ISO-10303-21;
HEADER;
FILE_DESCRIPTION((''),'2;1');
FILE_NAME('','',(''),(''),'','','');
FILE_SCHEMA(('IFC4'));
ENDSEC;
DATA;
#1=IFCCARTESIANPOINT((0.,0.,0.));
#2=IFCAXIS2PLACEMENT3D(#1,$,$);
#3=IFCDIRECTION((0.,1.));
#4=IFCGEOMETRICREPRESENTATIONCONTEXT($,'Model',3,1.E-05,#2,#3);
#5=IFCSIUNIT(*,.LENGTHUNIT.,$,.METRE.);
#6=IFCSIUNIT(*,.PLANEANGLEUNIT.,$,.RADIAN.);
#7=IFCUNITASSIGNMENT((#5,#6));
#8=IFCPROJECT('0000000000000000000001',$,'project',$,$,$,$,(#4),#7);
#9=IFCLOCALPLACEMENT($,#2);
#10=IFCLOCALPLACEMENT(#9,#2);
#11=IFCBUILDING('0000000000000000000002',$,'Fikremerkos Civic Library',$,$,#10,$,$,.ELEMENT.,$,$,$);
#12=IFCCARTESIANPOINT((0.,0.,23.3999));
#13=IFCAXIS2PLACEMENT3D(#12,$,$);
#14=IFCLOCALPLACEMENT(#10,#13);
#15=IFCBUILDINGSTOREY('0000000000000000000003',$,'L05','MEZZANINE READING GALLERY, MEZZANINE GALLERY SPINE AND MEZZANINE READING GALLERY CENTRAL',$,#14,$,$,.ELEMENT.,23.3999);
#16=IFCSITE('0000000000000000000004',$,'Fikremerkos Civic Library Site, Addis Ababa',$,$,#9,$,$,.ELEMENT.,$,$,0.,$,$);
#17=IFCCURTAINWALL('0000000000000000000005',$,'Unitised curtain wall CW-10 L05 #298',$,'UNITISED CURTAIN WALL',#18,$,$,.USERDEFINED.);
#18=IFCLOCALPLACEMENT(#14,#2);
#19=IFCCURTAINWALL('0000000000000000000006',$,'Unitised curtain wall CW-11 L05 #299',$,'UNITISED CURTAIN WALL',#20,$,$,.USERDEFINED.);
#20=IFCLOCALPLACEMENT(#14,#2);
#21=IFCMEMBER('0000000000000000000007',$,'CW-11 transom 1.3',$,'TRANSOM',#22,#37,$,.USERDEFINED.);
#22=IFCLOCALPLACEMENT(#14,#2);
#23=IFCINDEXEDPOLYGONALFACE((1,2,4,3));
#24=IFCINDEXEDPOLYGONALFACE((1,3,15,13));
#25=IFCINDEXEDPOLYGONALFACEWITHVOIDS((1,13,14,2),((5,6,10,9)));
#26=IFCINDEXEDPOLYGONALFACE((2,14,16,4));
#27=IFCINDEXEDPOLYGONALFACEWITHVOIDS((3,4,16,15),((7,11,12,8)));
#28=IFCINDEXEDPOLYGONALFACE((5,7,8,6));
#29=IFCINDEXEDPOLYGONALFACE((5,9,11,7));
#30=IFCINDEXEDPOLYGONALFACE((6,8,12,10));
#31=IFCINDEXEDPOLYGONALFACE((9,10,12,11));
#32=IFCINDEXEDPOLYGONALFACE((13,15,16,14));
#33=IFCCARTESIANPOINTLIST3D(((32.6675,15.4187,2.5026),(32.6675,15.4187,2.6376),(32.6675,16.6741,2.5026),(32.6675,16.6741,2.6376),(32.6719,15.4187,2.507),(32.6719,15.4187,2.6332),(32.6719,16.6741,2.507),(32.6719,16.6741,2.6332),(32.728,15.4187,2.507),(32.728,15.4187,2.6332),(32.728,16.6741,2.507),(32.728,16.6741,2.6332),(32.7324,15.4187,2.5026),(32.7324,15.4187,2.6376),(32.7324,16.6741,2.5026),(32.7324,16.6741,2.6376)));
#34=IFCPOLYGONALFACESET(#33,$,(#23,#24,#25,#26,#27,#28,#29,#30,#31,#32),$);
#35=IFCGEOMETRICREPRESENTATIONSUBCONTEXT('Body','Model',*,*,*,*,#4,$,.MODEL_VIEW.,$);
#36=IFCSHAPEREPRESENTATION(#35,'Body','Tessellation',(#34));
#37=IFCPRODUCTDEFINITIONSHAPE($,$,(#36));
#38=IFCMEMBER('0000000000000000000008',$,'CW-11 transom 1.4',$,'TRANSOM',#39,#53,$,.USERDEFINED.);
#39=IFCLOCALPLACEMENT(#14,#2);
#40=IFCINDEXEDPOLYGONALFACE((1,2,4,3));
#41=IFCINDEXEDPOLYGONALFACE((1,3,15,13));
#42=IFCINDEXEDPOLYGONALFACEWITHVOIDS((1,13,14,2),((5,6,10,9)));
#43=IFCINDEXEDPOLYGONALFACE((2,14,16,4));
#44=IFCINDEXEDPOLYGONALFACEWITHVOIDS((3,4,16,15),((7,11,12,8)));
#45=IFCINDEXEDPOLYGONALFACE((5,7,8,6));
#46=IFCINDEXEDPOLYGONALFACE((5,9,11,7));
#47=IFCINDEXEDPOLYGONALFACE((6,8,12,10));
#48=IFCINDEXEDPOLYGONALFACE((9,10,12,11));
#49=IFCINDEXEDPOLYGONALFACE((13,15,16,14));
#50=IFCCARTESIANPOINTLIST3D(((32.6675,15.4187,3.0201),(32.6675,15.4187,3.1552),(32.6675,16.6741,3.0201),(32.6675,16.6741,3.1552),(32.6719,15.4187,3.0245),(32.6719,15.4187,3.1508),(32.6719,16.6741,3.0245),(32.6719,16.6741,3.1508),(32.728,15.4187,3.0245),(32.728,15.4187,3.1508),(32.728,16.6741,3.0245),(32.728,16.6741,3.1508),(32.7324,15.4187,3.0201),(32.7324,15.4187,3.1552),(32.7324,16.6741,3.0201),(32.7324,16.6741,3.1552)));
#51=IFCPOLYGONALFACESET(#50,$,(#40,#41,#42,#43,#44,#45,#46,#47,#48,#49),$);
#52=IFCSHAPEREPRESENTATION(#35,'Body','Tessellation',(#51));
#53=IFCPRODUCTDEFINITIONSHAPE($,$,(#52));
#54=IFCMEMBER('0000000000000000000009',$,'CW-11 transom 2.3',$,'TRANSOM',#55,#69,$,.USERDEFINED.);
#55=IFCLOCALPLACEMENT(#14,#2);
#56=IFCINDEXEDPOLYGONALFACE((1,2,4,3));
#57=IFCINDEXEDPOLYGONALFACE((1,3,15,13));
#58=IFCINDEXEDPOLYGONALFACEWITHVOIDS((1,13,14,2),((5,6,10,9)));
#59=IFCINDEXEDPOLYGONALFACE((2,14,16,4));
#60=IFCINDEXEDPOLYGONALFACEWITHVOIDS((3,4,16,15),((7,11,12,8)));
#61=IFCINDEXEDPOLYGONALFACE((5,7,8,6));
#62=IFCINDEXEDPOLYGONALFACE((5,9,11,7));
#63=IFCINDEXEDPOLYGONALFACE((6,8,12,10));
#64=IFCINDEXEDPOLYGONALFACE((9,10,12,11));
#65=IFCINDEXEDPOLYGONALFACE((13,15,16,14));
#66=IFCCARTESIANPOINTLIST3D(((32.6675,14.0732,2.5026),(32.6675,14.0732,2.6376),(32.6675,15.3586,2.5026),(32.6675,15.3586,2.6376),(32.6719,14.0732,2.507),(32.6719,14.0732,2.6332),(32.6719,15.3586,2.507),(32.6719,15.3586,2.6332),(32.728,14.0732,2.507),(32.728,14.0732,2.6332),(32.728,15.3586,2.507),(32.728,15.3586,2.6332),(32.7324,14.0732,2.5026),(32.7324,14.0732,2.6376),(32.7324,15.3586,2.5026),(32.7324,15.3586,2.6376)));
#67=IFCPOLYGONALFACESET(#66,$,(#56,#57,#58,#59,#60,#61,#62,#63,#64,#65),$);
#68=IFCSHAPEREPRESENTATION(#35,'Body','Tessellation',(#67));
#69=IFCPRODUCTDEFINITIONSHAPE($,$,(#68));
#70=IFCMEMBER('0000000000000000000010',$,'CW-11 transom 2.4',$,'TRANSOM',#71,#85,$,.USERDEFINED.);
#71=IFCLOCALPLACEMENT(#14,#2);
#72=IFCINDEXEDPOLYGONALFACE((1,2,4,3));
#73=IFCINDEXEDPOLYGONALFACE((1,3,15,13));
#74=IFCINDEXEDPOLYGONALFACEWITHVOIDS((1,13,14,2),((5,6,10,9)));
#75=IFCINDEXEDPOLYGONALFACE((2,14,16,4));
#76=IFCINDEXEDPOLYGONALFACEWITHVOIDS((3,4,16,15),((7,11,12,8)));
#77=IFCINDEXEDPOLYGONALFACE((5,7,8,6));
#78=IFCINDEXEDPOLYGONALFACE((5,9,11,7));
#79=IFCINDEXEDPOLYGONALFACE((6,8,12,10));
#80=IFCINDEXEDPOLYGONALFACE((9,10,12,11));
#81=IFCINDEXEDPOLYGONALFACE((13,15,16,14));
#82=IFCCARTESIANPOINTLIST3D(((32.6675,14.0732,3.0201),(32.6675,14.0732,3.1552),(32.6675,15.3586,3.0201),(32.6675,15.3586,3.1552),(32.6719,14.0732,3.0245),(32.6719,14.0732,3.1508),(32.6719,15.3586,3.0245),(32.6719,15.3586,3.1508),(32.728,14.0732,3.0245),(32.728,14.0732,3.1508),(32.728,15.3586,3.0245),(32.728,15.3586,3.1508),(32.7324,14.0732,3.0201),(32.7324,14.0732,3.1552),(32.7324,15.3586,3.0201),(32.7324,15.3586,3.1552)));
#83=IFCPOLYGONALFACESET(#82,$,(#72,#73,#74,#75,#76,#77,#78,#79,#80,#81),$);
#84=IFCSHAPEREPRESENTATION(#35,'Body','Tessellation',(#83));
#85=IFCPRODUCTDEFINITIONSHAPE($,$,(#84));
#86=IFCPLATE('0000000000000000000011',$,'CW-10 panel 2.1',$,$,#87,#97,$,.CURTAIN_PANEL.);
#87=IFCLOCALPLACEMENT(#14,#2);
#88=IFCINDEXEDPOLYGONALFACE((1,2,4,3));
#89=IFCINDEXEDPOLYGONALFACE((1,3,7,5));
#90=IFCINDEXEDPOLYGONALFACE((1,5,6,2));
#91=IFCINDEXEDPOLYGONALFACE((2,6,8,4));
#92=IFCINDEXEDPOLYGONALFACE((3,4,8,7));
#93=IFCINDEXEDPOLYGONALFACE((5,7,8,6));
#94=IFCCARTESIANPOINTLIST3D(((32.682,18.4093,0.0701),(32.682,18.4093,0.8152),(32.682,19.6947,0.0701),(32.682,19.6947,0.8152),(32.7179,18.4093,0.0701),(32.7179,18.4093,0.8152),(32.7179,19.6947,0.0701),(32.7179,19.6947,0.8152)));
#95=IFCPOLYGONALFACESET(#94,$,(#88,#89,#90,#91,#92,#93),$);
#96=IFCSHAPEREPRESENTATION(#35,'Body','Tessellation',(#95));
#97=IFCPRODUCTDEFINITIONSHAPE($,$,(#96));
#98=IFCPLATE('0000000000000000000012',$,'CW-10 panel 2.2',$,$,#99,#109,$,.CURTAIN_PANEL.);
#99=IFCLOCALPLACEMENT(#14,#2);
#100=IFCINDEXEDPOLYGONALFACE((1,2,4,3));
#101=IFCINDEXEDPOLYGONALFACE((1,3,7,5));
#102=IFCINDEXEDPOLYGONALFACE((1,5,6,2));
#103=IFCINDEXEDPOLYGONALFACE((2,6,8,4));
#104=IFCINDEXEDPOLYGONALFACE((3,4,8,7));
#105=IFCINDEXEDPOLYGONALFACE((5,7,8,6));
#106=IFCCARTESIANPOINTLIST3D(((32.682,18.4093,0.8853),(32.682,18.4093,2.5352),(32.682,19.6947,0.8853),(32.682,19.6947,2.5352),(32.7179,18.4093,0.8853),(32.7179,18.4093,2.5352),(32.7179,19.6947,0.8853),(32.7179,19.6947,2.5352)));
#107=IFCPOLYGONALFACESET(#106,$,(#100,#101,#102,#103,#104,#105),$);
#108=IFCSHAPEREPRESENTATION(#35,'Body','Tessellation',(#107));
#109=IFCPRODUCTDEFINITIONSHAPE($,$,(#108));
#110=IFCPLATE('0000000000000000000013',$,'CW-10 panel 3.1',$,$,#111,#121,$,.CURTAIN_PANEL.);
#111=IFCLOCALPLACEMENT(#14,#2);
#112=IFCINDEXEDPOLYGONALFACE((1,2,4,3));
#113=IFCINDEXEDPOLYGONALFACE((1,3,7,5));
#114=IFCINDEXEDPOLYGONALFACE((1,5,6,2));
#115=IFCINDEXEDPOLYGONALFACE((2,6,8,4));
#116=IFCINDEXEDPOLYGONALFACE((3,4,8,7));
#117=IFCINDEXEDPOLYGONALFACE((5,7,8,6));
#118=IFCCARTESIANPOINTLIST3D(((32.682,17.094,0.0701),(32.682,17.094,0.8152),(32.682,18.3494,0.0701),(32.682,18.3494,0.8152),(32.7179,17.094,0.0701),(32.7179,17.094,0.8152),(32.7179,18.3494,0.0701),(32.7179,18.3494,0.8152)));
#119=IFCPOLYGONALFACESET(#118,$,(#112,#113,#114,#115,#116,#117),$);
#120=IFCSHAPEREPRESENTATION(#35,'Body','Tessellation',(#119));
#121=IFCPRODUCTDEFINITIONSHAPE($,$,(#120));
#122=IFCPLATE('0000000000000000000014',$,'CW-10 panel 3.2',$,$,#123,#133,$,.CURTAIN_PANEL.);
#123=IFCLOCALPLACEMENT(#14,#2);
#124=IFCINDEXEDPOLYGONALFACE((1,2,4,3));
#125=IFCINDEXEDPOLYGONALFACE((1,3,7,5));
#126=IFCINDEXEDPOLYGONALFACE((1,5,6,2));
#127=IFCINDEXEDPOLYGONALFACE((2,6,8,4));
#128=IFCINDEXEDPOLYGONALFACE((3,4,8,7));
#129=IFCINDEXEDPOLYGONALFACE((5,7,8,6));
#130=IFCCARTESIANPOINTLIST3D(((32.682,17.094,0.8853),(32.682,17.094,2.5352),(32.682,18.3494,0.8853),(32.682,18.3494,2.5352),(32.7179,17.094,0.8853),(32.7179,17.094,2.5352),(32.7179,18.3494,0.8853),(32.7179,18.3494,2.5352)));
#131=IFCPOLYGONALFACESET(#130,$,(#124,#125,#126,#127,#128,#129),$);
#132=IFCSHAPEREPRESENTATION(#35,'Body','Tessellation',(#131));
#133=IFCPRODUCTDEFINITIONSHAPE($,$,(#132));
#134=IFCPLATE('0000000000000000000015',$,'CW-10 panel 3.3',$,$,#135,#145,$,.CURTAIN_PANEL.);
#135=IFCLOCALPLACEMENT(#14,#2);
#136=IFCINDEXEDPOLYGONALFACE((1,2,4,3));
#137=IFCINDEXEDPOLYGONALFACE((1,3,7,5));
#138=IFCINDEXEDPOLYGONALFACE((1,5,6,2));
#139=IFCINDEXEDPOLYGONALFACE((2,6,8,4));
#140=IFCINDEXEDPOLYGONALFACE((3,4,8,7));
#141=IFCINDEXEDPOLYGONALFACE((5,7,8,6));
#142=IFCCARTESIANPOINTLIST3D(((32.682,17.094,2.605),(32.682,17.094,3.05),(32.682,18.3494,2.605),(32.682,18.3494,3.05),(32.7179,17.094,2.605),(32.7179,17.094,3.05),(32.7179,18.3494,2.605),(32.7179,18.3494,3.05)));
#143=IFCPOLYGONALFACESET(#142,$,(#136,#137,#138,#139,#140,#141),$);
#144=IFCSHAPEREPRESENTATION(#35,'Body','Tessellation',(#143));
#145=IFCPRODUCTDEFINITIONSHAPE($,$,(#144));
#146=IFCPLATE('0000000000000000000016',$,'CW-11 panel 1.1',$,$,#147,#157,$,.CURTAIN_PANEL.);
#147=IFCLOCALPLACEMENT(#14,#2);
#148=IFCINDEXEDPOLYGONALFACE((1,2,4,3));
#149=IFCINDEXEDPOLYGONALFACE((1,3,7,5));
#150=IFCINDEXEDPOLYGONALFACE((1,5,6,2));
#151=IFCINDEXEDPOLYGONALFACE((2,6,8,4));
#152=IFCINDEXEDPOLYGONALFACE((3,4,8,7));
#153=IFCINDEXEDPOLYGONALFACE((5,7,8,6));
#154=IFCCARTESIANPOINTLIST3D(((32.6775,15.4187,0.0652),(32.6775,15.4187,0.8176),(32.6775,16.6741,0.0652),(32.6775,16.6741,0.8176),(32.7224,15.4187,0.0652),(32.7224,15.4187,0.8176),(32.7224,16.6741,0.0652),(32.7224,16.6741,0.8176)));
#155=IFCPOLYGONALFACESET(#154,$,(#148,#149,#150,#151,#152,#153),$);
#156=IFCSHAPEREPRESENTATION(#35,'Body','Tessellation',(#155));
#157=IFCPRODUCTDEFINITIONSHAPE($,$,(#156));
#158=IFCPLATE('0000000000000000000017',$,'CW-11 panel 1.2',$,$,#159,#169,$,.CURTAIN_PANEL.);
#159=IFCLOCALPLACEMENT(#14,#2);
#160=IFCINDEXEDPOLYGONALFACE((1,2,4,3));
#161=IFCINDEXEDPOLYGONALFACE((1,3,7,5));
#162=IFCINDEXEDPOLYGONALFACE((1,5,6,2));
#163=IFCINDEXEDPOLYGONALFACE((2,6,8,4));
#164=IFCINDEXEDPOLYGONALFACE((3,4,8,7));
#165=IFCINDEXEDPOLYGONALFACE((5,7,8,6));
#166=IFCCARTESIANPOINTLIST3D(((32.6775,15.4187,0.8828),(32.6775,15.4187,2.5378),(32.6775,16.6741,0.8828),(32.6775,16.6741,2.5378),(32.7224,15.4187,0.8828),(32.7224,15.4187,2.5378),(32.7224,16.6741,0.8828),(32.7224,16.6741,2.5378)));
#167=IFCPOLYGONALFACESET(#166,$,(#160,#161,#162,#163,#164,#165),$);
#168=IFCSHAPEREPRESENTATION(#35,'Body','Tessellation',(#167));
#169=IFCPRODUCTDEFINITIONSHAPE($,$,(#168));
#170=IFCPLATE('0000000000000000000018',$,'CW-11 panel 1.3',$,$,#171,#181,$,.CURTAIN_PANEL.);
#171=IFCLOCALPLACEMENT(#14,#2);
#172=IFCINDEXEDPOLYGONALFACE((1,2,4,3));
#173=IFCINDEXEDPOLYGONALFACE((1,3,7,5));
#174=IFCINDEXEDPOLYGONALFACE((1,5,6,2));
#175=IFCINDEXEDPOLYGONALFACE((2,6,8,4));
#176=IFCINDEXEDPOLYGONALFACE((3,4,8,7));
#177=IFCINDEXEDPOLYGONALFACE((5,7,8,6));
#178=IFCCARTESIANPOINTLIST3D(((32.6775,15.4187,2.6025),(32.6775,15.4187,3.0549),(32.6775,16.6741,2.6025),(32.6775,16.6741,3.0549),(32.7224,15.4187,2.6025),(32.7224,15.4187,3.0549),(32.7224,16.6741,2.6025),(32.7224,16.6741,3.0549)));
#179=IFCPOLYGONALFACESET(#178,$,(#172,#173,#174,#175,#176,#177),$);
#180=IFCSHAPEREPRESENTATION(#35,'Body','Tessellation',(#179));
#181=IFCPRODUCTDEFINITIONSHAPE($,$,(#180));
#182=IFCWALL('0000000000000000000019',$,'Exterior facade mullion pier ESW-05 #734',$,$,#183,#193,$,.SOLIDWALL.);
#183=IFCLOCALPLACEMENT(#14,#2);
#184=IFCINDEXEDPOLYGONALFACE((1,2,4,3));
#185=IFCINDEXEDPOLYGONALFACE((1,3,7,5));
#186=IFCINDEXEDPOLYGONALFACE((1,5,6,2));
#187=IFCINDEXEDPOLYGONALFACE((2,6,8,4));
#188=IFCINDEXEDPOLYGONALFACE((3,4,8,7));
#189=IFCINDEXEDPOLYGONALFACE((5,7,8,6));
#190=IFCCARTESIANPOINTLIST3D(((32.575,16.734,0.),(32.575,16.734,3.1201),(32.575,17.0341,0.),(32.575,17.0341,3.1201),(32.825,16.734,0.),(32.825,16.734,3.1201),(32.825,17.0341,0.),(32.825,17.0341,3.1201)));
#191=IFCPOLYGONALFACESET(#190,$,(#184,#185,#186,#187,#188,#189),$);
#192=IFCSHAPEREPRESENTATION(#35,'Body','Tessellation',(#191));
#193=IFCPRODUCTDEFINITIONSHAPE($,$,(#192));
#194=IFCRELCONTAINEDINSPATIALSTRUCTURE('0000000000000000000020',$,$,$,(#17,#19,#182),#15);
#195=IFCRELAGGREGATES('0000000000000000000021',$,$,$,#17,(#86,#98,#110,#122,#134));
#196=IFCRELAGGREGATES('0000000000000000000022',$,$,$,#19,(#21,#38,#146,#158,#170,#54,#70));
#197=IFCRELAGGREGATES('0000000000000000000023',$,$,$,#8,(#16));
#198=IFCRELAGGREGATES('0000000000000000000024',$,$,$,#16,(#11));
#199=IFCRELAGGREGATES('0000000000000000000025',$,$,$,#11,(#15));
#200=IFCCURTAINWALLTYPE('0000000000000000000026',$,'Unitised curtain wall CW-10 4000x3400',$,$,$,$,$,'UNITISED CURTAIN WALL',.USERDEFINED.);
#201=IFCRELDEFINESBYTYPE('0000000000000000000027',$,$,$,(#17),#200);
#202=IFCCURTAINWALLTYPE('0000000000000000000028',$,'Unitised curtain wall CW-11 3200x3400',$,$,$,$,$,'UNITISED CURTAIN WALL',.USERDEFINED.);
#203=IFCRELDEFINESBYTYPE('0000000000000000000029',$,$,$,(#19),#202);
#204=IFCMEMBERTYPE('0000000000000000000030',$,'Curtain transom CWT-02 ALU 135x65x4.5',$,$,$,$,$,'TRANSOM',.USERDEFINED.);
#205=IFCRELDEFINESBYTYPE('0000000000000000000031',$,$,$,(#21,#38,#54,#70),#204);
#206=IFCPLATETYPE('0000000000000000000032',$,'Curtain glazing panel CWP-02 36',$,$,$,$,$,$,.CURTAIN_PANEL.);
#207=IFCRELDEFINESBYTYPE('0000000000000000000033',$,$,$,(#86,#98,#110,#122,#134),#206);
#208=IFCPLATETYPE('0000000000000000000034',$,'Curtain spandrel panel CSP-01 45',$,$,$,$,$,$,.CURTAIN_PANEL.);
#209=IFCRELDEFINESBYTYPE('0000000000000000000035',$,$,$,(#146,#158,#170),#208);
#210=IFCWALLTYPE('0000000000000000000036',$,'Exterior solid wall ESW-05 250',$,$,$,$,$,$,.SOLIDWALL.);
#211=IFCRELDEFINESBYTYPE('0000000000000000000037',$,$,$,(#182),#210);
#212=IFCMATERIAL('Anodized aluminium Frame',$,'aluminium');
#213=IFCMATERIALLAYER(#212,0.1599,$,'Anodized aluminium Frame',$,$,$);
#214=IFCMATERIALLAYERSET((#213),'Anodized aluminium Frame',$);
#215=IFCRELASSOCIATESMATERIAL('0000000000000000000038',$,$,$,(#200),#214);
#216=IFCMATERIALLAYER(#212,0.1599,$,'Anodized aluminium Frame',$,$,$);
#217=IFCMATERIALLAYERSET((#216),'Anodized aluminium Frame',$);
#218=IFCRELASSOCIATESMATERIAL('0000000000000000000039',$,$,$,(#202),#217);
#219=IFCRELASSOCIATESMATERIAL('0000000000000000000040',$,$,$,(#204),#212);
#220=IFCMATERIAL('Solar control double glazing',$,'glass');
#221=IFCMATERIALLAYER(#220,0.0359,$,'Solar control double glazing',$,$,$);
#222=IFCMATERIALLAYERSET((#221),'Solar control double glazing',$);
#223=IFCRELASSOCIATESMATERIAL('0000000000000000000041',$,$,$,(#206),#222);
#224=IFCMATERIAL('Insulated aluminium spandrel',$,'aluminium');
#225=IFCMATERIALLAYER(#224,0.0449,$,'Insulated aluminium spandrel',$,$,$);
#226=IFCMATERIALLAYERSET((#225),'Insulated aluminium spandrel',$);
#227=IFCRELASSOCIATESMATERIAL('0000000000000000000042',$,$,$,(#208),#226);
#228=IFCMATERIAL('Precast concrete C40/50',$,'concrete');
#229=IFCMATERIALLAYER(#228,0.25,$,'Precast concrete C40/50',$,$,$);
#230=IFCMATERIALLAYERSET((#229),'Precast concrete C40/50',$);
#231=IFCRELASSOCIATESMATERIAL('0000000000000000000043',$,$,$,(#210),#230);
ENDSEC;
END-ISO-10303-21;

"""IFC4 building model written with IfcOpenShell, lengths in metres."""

from ifc_helpers import new_model, si_unit, direction, frame, frame_2d, origin, origin_2d, place, context, subcontext, project, spatial, rectangle, hollow_rectangle, extrude, material, layer, layer_set, material_profile, profile_set, type_object, element, aggregate, save


model = new_model("IFC4")

# Units and contexts
model_context = context("Model", 3, precision=1e-05, world=origin(), true_north=direction((0.0, 1.0)))
body_context = subcontext(model_context, "Body", "Model", "MODEL_VIEW")
ifc_project = project(units=[si_unit("LENGTHUNIT", "METRE"), si_unit("PLANEANGLEUNIT", "RADIAN")], contexts=[model_context])

# Site, building, storey
site_placement = place(None, origin())
site = spatial("IfcSite", under=ifc_project, at=site_placement, Name="Fikremerkos Civic Library Site, Addis Ababa", CompositionType="ELEMENT", RefElevation=0.0)
building_placement = place(site_placement, origin())
building = spatial("IfcBuilding", under=site, at=building_placement, Name="Fikremerkos Civic Library", CompositionType="ELEMENT")
storey_placement = place(building_placement, frame((0.0, 0.0, 23.3999)))
storey = spatial("IfcBuildingStorey", under=building, at=storey_placement, Name="L05", Description="MEZZANINE READING GALLERY, MEZZANINE GALLERY SPINE AND MEZZANINE READING GALLERY CENTRAL", CompositionType="ELEMENT", Elevation=23.3999)

# Curtain walls
ifc_material_1 = material(Name="Anodized aluminium Frame", Category="aluminium")
ifc_layer_1 = layer(ifc_material_1, 0.1599, Name="Anodized aluminium Frame")
ifc_layer_set_1 = layer_set([ifc_layer_1], Name="Anodized aluminium Frame")
curtain_wall_type_1 = type_object("IfcCurtainWallType", Name="Unitised curtain wall CW-10 4000x3400", ElementType="UNITISED CURTAIN WALL", PredefinedType="USERDEFINED", material=ifc_layer_set_1)
curtain_wall_1_placement = place(storey_placement, origin())
curtain_wall_1 = element("IfcCurtainWall", 1, at=curtain_wall_1_placement, inside=storey, type_object=curtain_wall_type_1, Name="Unitised curtain wall CW-10 L05 #298", ObjectType="UNITISED CURTAIN WALL", PredefinedType="USERDEFINED")
ifc_layer_2 = layer(ifc_material_1, 0.1599, Name="Anodized aluminium Frame")
ifc_layer_set_2 = layer_set([ifc_layer_2], Name="Anodized aluminium Frame")
curtain_wall_type_2 = type_object("IfcCurtainWallType", Name="Unitised curtain wall CW-11 3200x3400", ElementType="UNITISED CURTAIN WALL", PredefinedType="USERDEFINED", material=ifc_layer_set_2)
curtain_wall_2_placement = place(storey_placement, origin())
curtain_wall_2 = element("IfcCurtainWall", 2, at=curtain_wall_2_placement, inside=storey, type_object=curtain_wall_type_2, Name="Unitised curtain wall CW-11 L05 #299", ObjectType="UNITISED CURTAIN WALL", PredefinedType="USERDEFINED")

# Members
ifc_material_profile_1 = material_profile(ifc_material_1, hollow_rectangle(XDim=0.0649, YDim=0.135, WallThickness=0.0044, at=origin_2d()), Name="ALU 135x65x4.5")
ifc_profile_set_1 = profile_set([ifc_material_profile_1], Name="Anodized aluminium Frame")
member_type_1 = type_object("IfcMemberType", Name="Curtain transom CWT-02 ALU 135x65x4.5", ElementType="TRANSOM", PredefinedType="USERDEFINED", material=ifc_profile_set_1)
member_1_placement = place(storey_placement, frame((32.7, 16.6741, 2.5701), z_axis=(0.0, -1.0, 0.0), x_axis=(1.0, 0.0, 0.0)))
member_1 = element("IfcMember", 3, at=member_1_placement, type_object=member_type_1, Name="CW-11 transom 1.3", ObjectType="TRANSOM", PredefinedType="USERDEFINED", context=body_context, shape_type="SweptSolid", body=[
    extrude(hollow_rectangle(XDim=0.0649, YDim=0.135, WallThickness=0.0044, at=origin_2d()), origin(), (0.0, 0.0, 1.0), 1.2554),
])
member_2_placement = place(storey_placement, frame((32.7, 16.6741, 3.0876), z_axis=(0.0, -1.0, 0.0), x_axis=(1.0, 0.0, 0.0)))
member_2 = element("IfcMember", 4, at=member_2_placement, type_object=member_type_1, Name="CW-11 transom 1.4", ObjectType="TRANSOM", PredefinedType="USERDEFINED", context=body_context, shape_type="SweptSolid", body=[
    extrude(hollow_rectangle(XDim=0.0649, YDim=0.135, WallThickness=0.0044, at=origin_2d()), origin(), (0.0, 0.0, 1.0), 1.2554),
])
member_3_placement = place(storey_placement, frame((32.7, 15.3586, 2.5701), z_axis=(0.0, -1.0, 0.0), x_axis=(1.0, 0.0, 0.0)))
member_3 = element("IfcMember", 5, at=member_3_placement, type_object=member_type_1, Name="CW-11 transom 2.3", ObjectType="TRANSOM", PredefinedType="USERDEFINED", context=body_context, shape_type="SweptSolid", body=[
    extrude(hollow_rectangle(XDim=0.0649, YDim=0.135, WallThickness=0.0044, at=origin_2d()), origin(), (0.0, 0.0, 1.0), 1.2854),
])
member_4_placement = place(storey_placement, frame((32.7, 15.3586, 3.0876), z_axis=(0.0, -1.0, 0.0), x_axis=(1.0, 0.0, 0.0)))
member_4 = element("IfcMember", 6, at=member_4_placement, type_object=member_type_1, Name="CW-11 transom 2.4", ObjectType="TRANSOM", PredefinedType="USERDEFINED", context=body_context, shape_type="SweptSolid", body=[
    extrude(hollow_rectangle(XDim=0.0649, YDim=0.135, WallThickness=0.0044, at=origin_2d()), origin(), (0.0, 0.0, 1.0), 1.2854),
])

# Plates
ifc_material_2 = material(Name="Solar control double glazing", Category="glass")
ifc_layer_3 = layer(ifc_material_2, 0.0359, Name="Solar control double glazing")
ifc_layer_set_3 = layer_set([ifc_layer_3], Name="Solar control double glazing")
plate_type_1 = type_object("IfcPlateType", Name="Curtain glazing panel CWP-02 36", PredefinedType="CURTAIN_PANEL", material=ifc_layer_set_3)
plate_1_placement = place(storey_placement, frame((32.7, 19.052, 0.0701), z_axis=(0.0, 0.0, 1.0), x_axis=(0.0, -1.0, 0.0)))
plate_1 = element("IfcPlate", 7, at=plate_1_placement, type_object=plate_type_1, Name="CW-10 panel 2.1", PredefinedType="CURTAIN_PANEL", context=body_context, shape_type="SweptSolid", body=[
    extrude(rectangle(XDim=1.2854, YDim=0.0359, at=origin_2d()), origin(), (0.0, 0.0, 1.0), 0.7451),
])
plate_2_placement = place(storey_placement, frame((32.7, 19.052, 0.8853), z_axis=(0.0, 0.0, 1.0), x_axis=(0.0, -1.0, 0.0)))
plate_2 = element("IfcPlate", 8, at=plate_2_placement, type_object=plate_type_1, Name="CW-10 panel 2.2", PredefinedType="CURTAIN_PANEL", context=body_context, shape_type="SweptSolid", body=[
    extrude(rectangle(XDim=1.2854, YDim=0.0359, at=origin_2d()), origin(), (0.0, 0.0, 1.0), 1.6499),
])
plate_3_placement = place(storey_placement, frame((32.7, 17.7217, 0.0701), z_axis=(0.0, 0.0, 1.0), x_axis=(0.0, -1.0, 0.0)))
plate_3 = element("IfcPlate", 9, at=plate_3_placement, type_object=plate_type_1, Name="CW-10 panel 3.1", PredefinedType="CURTAIN_PANEL", context=body_context, shape_type="SweptSolid", body=[
    extrude(rectangle(XDim=1.2554, YDim=0.0359, at=origin_2d()), origin(), (0.0, 0.0, 1.0), 0.7451),
])
plate_4_placement = place(storey_placement, frame((32.7, 17.7217, 0.8853), z_axis=(0.0, 0.0, 1.0), x_axis=(0.0, -1.0, 0.0)))
plate_4 = element("IfcPlate", 10, at=plate_4_placement, type_object=plate_type_1, Name="CW-10 panel 3.2", PredefinedType="CURTAIN_PANEL", context=body_context, shape_type="SweptSolid", body=[
    extrude(rectangle(XDim=1.2554, YDim=0.0359, at=origin_2d()), origin(), (0.0, 0.0, 1.0), 1.6499),
])
plate_5_placement = place(storey_placement, frame((32.7, 17.7217, 2.605), z_axis=(0.0, 0.0, 1.0), x_axis=(0.0, -1.0, 0.0)))
plate_5 = element("IfcPlate", 11, at=plate_5_placement, type_object=plate_type_1, Name="CW-10 panel 3.3", PredefinedType="CURTAIN_PANEL", context=body_context, shape_type="SweptSolid", body=[
    extrude(rectangle(XDim=1.2554, YDim=0.0359, at=origin_2d()), origin(), (0.0, 0.0, 1.0), 0.4451),
])
aggregate(curtain_wall_1, [plate_1, plate_2, plate_3, plate_4, plate_5])
ifc_material_3 = material(Name="Insulated aluminium spandrel", Category="aluminium")
ifc_layer_4 = layer(ifc_material_3, 0.0449, Name="Insulated aluminium spandrel")
ifc_layer_set_4 = layer_set([ifc_layer_4], Name="Insulated aluminium spandrel")
plate_type_2 = type_object("IfcPlateType", Name="Curtain spandrel panel CSP-01 45", PredefinedType="CURTAIN_PANEL", material=ifc_layer_set_4)
plate_6_placement = place(storey_placement, frame((32.7, 16.0464, 0.0652), z_axis=(0.0, 0.0, 1.0), x_axis=(0.0, -1.0, 0.0)))
plate_6 = element("IfcPlate", 12, at=plate_6_placement, type_object=plate_type_2, Name="CW-11 panel 1.1", PredefinedType="CURTAIN_PANEL", context=body_context, shape_type="SweptSolid", body=[
    extrude(rectangle(XDim=1.2554, YDim=0.0449, at=origin_2d()), origin(), (0.0, 0.0, 1.0), 0.7524),
])
plate_7_placement = place(storey_placement, frame((32.7, 16.0464, 0.8828), z_axis=(0.0, 0.0, 1.0), x_axis=(0.0, -1.0, 0.0)))
plate_7 = element("IfcPlate", 13, at=plate_7_placement, type_object=plate_type_2, Name="CW-11 panel 1.2", PredefinedType="CURTAIN_PANEL", context=body_context, shape_type="SweptSolid", body=[
    extrude(rectangle(XDim=1.2554, YDim=0.0449, at=origin_2d()), origin(), (0.0, 0.0, 1.0), 1.655),
])
plate_8_placement = place(storey_placement, frame((32.7, 16.0464, 2.6025), z_axis=(0.0, 0.0, 1.0), x_axis=(0.0, -1.0, 0.0)))
plate_8 = element("IfcPlate", 14, at=plate_8_placement, type_object=plate_type_2, Name="CW-11 panel 1.3", PredefinedType="CURTAIN_PANEL", context=body_context, shape_type="SweptSolid", body=[
    extrude(rectangle(XDim=1.2554, YDim=0.0449, at=origin_2d()), origin(), (0.0, 0.0, 1.0), 0.4524),
])
aggregate(curtain_wall_2, [member_1, member_2, plate_6, plate_7, plate_8, member_3, member_4])

# Wall
ifc_material_4 = material(Name="Precast concrete C40/50", Category="concrete")
ifc_layer_5 = layer(ifc_material_4, 0.25, Name="Precast concrete C40/50")
ifc_layer_set_5 = layer_set([ifc_layer_5], Name="Precast concrete C40/50")
wall_type = type_object("IfcWallType", Name="Exterior solid wall ESW-05 250", PredefinedType="SOLIDWALL", material=ifc_layer_set_5)
wall_placement = place(storey_placement, frame((32.7, 17.0339, 0.0), z_axis=(0.0, 0.0, 1.0), x_axis=(0.0, -1.0, 0.0)))
element("IfcWall", 15, at=wall_placement, inside=storey, type_object=wall_type, Name="Exterior facade mullion pier ESW-05 #734", PredefinedType="SOLIDWALL", context=body_context, shape_type="SweptSolid", body=[
    extrude(rectangle(XDim=0.3, YDim=0.25, at=frame_2d((0.1499, 0.0))), origin(), (0.0, 0.0, 1.0), 3.1201),
])

save(model, "model.ifc")
